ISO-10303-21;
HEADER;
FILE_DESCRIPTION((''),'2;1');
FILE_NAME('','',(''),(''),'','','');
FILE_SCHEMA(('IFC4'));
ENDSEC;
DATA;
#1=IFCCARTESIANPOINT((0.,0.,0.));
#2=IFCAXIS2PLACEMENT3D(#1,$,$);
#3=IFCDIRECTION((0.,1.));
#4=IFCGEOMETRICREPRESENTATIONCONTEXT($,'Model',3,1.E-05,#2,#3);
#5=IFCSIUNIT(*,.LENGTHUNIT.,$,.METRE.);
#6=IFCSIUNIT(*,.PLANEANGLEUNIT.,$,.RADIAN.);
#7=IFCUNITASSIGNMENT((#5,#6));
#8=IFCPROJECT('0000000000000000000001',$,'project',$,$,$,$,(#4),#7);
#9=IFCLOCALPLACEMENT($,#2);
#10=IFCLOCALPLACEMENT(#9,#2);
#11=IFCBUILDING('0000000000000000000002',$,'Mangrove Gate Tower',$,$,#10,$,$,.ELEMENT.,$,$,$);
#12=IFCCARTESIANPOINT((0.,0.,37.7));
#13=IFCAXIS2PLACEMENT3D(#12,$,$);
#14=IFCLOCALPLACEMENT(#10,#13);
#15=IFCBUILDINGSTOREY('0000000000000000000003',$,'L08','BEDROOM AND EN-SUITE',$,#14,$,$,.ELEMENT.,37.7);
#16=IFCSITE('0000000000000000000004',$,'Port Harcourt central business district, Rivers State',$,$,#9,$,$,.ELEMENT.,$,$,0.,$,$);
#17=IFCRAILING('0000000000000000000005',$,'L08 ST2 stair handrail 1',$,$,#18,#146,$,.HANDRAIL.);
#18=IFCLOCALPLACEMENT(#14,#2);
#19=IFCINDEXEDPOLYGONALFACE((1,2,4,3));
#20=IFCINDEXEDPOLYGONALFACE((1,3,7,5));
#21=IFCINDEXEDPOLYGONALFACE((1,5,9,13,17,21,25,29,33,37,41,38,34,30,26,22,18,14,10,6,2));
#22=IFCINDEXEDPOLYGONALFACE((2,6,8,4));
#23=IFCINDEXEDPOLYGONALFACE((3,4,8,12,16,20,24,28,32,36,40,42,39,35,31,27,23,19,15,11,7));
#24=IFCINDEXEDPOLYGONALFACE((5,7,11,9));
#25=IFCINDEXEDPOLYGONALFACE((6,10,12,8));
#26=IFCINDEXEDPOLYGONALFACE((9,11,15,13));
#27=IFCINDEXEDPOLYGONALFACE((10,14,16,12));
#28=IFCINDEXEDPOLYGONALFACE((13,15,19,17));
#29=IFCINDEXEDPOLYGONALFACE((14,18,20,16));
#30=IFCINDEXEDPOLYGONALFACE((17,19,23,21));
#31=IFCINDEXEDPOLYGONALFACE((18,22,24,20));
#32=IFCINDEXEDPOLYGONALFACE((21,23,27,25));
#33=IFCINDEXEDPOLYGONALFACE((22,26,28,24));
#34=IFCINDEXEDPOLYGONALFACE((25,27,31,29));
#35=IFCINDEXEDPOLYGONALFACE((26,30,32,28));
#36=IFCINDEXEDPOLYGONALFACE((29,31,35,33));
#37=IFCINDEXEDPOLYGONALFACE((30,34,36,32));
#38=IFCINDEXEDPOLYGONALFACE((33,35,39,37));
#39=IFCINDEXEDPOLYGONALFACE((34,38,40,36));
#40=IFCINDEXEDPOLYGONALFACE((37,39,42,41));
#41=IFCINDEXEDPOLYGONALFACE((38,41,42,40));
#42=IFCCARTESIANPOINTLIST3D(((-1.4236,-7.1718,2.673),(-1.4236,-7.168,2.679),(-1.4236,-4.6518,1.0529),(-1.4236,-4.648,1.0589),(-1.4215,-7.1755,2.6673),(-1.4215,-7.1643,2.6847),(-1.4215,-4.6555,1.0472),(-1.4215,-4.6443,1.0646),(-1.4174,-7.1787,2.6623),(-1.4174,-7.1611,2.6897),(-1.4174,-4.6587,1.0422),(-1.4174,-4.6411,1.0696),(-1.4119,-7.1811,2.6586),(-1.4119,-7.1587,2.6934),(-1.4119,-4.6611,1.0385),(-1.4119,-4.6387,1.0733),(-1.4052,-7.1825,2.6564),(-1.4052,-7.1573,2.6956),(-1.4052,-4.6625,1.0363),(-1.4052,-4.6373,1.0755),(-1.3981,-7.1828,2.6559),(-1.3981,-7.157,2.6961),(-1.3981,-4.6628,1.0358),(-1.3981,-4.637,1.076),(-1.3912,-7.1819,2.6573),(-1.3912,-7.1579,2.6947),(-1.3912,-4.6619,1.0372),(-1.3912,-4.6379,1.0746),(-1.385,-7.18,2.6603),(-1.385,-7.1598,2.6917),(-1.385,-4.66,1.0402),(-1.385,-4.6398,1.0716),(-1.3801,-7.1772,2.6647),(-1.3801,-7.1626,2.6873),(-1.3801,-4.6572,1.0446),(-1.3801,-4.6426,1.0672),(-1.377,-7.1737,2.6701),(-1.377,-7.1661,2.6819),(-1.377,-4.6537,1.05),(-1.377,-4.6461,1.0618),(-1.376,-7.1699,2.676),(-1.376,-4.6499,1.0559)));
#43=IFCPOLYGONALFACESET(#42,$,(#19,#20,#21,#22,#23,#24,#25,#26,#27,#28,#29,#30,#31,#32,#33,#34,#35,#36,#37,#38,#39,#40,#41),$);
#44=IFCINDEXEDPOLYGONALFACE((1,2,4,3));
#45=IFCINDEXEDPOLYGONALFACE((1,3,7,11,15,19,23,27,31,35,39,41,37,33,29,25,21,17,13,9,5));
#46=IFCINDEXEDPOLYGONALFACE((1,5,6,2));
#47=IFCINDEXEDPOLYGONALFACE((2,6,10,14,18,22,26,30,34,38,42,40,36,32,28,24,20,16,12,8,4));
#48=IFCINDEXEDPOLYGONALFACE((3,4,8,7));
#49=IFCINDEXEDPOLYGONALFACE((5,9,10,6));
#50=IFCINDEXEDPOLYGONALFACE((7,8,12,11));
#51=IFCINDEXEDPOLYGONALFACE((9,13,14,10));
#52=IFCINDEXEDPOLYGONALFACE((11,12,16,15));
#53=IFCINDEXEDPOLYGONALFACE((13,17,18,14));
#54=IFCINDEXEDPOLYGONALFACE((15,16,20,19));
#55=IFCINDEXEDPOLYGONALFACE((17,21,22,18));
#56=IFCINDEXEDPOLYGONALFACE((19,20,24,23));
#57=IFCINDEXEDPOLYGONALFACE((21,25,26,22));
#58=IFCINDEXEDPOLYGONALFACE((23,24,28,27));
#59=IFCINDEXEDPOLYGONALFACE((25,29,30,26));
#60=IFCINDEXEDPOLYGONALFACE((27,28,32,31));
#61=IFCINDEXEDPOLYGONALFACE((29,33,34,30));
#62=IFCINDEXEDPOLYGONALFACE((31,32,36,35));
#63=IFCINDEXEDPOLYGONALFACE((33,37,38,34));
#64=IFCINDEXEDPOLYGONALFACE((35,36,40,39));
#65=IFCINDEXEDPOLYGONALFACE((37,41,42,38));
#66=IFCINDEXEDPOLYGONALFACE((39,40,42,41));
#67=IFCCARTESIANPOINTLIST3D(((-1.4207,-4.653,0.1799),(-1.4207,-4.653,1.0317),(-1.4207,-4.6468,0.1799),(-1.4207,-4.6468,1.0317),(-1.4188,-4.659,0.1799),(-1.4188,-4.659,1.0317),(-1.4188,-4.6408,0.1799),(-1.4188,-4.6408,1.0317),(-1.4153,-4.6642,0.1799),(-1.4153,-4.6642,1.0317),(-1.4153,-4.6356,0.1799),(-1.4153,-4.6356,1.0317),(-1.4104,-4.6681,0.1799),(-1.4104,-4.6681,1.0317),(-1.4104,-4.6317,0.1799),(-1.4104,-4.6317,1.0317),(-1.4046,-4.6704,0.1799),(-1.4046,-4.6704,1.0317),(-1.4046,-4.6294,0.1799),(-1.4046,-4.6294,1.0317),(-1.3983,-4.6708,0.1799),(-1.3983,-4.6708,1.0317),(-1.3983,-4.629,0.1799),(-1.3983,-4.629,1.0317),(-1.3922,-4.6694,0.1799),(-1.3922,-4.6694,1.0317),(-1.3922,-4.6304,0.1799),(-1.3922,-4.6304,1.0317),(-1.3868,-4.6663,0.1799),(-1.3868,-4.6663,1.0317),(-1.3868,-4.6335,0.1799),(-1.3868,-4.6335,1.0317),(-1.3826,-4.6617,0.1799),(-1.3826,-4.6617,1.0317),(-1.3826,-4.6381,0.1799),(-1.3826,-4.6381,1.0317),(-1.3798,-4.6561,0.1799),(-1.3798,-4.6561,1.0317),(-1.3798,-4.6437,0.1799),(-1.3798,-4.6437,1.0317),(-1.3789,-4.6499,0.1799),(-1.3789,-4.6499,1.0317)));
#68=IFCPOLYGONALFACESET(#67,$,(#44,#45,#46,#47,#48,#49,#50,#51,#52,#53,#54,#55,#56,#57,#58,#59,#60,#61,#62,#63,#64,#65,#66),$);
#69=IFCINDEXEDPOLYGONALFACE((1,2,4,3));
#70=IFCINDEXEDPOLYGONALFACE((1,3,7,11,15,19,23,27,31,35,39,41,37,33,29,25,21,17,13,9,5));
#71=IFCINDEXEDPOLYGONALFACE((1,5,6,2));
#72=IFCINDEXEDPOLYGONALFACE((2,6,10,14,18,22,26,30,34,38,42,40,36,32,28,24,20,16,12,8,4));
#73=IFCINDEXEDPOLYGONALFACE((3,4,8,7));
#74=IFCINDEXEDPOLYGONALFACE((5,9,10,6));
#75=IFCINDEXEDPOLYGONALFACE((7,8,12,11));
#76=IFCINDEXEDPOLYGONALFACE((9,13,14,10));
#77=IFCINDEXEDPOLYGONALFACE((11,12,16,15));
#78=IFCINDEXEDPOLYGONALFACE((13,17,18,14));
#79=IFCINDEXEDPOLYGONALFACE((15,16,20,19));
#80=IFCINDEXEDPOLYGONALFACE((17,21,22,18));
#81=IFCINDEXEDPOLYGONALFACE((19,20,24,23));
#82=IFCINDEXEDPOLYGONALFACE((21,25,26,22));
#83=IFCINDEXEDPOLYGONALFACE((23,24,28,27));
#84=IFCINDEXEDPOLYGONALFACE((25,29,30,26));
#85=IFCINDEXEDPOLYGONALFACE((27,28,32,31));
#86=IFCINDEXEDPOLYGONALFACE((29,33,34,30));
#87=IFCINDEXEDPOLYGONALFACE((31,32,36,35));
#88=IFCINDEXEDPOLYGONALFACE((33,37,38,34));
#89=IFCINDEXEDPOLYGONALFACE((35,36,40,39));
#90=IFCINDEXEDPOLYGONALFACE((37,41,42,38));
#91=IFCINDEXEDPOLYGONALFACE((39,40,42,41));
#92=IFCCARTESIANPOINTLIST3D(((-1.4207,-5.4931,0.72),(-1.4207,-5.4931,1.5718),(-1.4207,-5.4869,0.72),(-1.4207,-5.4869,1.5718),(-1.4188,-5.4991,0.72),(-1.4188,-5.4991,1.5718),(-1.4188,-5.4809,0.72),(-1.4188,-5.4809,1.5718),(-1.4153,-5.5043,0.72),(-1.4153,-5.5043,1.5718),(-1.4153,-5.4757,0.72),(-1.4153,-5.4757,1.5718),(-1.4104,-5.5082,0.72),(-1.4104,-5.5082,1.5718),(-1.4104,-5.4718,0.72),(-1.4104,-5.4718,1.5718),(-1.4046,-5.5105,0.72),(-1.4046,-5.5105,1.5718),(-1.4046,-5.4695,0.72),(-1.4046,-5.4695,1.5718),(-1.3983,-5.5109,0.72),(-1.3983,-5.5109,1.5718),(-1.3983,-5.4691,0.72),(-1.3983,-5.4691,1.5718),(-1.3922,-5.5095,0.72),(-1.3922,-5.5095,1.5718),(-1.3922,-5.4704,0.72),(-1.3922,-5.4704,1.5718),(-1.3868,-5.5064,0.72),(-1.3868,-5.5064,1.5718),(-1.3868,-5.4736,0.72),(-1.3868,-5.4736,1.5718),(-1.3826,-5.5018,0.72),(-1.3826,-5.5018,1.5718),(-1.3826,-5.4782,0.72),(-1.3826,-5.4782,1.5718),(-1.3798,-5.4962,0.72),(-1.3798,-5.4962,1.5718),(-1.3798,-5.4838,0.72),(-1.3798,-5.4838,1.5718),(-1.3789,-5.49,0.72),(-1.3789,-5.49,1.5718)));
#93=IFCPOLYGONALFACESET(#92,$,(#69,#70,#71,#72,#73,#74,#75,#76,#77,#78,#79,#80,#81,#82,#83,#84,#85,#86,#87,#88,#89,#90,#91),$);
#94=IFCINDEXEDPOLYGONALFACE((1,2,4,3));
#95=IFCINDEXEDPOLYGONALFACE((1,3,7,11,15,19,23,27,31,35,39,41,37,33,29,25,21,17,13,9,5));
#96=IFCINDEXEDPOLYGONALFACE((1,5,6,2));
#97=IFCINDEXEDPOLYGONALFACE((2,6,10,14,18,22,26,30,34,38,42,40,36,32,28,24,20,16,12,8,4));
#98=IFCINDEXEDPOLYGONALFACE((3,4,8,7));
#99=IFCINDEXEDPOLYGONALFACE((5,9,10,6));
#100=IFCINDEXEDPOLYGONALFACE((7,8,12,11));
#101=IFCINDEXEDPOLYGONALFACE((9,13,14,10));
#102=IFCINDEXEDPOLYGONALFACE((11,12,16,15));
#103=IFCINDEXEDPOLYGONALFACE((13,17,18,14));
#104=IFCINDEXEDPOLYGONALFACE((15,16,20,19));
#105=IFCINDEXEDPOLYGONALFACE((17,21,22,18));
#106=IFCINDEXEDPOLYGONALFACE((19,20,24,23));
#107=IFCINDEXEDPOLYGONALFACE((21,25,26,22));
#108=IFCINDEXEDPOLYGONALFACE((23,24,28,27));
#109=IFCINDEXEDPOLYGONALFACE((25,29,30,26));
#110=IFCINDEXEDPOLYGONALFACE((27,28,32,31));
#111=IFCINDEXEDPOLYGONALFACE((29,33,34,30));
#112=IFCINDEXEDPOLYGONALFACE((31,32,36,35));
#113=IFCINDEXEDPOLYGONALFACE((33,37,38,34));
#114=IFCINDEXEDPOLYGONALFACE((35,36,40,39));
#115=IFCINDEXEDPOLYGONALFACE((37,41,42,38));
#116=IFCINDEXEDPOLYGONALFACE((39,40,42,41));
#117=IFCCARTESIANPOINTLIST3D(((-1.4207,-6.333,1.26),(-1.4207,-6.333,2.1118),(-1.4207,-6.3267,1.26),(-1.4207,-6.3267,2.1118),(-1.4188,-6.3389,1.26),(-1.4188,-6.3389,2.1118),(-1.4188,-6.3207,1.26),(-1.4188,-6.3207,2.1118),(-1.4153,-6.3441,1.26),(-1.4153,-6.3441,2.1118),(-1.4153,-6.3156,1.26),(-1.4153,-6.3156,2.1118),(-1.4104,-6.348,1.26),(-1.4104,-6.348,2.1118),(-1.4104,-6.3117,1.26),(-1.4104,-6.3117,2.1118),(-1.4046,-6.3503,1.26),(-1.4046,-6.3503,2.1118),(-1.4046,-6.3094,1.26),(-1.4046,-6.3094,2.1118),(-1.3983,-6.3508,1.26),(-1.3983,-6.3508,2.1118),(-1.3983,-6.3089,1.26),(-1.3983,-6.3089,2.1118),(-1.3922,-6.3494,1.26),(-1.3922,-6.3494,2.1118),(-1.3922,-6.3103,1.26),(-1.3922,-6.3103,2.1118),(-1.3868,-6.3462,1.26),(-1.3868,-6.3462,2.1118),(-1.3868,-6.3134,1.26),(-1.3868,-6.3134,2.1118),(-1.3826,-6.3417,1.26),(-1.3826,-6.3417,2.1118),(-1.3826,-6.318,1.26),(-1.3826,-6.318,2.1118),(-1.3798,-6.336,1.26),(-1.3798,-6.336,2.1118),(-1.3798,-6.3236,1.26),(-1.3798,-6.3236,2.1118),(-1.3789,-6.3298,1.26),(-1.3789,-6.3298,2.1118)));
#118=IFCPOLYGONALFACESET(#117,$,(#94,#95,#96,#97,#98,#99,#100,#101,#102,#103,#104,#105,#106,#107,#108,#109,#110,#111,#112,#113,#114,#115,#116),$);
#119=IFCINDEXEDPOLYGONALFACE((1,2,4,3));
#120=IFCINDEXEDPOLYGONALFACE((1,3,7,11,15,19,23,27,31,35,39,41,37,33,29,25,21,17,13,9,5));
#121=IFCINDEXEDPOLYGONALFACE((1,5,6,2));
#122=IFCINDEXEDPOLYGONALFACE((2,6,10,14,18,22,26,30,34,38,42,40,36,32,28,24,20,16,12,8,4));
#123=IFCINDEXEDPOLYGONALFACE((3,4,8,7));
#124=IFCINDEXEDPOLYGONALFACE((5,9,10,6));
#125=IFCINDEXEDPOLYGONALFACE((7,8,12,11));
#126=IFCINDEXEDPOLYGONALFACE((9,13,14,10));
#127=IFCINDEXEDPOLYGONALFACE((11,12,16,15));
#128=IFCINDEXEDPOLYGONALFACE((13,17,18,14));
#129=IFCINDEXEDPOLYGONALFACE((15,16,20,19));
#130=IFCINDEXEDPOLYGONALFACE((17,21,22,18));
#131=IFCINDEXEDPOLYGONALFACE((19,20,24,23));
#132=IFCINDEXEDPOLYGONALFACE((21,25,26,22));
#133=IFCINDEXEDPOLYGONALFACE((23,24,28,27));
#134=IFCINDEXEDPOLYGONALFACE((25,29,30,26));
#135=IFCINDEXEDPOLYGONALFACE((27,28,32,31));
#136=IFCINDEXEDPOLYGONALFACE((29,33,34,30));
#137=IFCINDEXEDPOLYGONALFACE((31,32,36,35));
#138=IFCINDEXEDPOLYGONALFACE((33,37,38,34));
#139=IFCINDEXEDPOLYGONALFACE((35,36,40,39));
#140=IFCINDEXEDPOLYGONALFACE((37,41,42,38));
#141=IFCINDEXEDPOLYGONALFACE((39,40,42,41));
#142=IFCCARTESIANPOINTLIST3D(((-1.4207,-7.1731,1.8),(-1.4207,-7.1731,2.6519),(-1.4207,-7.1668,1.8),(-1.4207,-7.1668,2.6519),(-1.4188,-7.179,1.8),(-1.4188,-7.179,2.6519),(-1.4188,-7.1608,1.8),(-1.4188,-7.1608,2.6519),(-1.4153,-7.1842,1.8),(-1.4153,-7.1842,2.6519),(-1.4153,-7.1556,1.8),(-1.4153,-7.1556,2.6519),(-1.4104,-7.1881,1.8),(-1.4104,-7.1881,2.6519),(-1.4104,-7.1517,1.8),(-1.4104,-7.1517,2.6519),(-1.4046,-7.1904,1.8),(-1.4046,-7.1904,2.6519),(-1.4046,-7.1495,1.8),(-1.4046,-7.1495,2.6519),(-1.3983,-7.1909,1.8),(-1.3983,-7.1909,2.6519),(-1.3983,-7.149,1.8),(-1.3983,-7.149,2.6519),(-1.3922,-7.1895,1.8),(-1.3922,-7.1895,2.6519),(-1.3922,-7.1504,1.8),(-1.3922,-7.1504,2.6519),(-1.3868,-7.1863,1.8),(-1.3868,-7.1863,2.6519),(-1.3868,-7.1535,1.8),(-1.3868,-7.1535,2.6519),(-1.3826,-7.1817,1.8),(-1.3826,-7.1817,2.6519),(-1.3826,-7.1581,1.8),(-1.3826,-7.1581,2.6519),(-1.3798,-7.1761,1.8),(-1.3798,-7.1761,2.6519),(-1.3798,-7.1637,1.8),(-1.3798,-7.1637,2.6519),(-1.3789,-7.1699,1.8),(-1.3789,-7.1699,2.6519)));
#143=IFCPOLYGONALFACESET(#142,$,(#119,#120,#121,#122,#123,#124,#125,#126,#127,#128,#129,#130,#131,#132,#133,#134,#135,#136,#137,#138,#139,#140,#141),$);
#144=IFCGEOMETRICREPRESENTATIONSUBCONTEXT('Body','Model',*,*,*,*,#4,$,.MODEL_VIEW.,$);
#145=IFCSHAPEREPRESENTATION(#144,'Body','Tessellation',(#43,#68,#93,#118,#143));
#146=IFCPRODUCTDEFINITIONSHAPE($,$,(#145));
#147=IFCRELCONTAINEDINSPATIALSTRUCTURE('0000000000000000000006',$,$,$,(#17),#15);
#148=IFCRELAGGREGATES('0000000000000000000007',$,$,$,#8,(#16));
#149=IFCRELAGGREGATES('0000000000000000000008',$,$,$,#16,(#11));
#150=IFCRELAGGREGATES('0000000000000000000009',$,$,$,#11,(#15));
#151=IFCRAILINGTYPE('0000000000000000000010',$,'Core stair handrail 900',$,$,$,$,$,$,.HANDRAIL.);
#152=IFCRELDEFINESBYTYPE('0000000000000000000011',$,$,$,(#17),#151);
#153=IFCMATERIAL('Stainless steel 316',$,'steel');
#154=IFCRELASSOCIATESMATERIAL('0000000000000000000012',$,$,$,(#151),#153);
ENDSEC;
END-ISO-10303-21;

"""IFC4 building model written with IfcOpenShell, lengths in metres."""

from ifc_helpers import new_model, si_unit, direction, frame, origin, origin_2d, place, context, subcontext, project, spatial, circle, extrude, material, type_object, element, save


model = new_model("IFC4")

# Units and contexts
model_context = context("Model", 3, precision=1e-05, world=origin(), true_north=direction((0.0, 1.0)))
body_context = subcontext(model_context, "Body", "Model", "MODEL_VIEW")
ifc_project = project(units=[si_unit("LENGTHUNIT", "METRE"), si_unit("PLANEANGLEUNIT", "RADIAN")], contexts=[model_context])

# Site, building, storey
site_placement = place(None, origin())
site = spatial("IfcSite", under=ifc_project, at=site_placement, Name="Port Harcourt central business district, Rivers State", CompositionType="ELEMENT", RefElevation=0.0)
building_placement = place(site_placement, origin())
building = spatial("IfcBuilding", under=site, at=building_placement, Name="Mangrove Gate Tower", CompositionType="ELEMENT")
storey_placement = place(building_placement, frame((0.0, 0.0, 37.7)))
storey = spatial("IfcBuildingStorey", under=building, at=storey_placement, Name="L08", Description="BEDROOM AND EN-SUITE", CompositionType="ELEMENT", Elevation=37.7)

# Railing
ifc_material_1 = material(Name="Stainless steel 316", Category="steel")
railing_type_1 = type_object("IfcRailingType", Name="Core stair handrail 900", PredefinedType="HANDRAIL", material=ifc_material_1)
railing_1_placement = place(storey_placement, frame((-1.3999, -4.6499, 0.1799)))
element("IfcRailing", 1, at=railing_1_placement, inside=storey, type_object=railing_type_1, Name="L08 ST2 stair handrail 1", PredefinedType="HANDRAIL", context=body_context, shape_type="SweptSolid", body=[
    extrude(circle(Radius=0.0239, at=origin_2d()), frame((0.0, 0.0, 0.876), z_axis=(0.0, -0.841163, 0.540782), x_axis=(1.0, 0.0, 0.0)), (0.0, 0.0, 1.0), 2.9958),
    extrude(circle(Radius=0.021, at=origin_2d()), origin(), (0.0, 0.0, 1.0), 0.8518),
    extrude(circle(Radius=0.021, at=origin_2d()), frame((0.0, -0.8401, 0.54)), (0.0, 0.0, 1.0), 0.8518),
    extrude(circle(Radius=0.021, at=origin_2d()), frame((0.0, -1.6799, 1.0801)), (0.0, 0.0, 1.0), 0.8518),
    extrude(circle(Radius=0.021, at=origin_2d()), frame((0.0, -2.52, 1.6201)), (0.0, 0.0, 1.0), 0.8518),
])

save(model, "model.ifc")
